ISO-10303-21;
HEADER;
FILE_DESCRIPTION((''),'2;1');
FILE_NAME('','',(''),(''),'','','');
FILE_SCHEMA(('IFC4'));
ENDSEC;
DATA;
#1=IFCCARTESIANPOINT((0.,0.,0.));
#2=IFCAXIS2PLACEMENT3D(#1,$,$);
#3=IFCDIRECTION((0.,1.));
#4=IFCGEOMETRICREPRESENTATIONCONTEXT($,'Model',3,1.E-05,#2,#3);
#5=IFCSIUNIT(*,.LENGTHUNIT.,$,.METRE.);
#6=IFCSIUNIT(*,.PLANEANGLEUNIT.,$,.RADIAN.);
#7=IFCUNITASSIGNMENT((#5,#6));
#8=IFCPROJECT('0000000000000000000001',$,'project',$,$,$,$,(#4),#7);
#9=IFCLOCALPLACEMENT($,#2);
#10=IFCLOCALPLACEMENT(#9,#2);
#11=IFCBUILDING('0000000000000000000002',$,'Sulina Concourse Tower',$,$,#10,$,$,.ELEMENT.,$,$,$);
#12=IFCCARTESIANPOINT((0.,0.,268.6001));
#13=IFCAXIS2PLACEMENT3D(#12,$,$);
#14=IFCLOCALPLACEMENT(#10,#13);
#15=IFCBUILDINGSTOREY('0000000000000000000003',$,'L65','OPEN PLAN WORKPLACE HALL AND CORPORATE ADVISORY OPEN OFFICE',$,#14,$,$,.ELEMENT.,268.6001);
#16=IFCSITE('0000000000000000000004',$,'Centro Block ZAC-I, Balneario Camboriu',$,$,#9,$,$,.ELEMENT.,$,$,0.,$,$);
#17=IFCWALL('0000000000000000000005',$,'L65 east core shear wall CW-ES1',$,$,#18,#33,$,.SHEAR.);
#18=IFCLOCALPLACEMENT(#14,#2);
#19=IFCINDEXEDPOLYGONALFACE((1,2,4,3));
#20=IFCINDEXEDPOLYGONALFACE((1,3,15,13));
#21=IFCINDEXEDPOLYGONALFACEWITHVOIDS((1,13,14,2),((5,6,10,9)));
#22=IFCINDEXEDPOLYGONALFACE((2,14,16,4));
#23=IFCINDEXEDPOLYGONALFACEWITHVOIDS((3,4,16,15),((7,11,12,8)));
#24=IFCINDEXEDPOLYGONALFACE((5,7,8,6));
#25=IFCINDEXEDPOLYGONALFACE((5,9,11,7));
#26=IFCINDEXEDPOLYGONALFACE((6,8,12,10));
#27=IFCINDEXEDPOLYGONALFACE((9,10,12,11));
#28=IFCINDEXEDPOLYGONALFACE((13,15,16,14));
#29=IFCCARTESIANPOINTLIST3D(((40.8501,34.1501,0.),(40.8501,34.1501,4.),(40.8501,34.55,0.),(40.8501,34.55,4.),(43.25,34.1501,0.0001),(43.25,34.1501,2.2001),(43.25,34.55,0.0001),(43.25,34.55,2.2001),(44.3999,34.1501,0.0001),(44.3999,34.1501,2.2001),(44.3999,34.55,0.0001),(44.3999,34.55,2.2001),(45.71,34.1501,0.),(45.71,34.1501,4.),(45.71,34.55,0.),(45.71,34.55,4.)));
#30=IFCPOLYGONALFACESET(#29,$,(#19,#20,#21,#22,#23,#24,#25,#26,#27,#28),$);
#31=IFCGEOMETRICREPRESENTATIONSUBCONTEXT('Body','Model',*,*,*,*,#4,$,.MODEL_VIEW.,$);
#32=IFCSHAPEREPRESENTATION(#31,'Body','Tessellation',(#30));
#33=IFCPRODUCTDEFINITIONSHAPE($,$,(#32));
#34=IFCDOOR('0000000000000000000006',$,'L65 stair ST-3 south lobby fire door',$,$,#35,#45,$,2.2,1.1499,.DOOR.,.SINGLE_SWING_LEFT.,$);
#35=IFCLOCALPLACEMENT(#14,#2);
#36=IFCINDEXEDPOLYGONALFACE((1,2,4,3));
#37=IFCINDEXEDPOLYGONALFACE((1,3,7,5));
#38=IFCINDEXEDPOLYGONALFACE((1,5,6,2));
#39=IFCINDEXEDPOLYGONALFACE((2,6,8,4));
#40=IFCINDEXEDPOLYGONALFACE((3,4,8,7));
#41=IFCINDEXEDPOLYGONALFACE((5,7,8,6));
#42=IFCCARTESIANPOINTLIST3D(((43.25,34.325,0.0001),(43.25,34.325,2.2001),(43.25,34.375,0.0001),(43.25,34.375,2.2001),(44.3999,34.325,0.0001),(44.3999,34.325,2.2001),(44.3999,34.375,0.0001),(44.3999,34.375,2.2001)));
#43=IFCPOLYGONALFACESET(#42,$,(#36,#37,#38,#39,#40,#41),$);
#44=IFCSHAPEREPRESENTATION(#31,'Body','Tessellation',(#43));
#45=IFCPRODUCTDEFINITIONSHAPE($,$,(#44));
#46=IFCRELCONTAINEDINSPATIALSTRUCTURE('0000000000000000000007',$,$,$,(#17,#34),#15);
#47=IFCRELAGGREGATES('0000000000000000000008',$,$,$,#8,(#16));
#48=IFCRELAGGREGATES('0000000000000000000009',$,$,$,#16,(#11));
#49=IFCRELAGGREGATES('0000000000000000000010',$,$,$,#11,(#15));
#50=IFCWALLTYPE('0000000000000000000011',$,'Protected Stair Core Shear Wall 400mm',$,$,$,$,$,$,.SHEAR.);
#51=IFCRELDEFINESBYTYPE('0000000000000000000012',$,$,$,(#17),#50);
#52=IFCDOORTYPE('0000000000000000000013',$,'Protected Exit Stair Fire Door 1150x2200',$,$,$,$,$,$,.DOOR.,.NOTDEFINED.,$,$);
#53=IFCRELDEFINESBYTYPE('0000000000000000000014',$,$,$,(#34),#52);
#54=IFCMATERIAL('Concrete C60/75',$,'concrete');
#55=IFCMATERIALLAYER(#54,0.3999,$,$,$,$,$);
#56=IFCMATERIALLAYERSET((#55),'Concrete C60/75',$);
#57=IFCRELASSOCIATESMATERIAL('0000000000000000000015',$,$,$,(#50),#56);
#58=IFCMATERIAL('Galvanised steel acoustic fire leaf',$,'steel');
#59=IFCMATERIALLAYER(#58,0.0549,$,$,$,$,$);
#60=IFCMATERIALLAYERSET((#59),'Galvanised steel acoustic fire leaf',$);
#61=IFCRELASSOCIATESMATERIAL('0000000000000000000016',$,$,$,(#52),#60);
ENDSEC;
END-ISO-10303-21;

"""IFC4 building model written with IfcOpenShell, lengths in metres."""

from ifc_helpers import new_model, si_unit, direction, frame, frame_2d, origin, place, context, subcontext, project, spatial, rectangle, extrude, material, layer, layer_set, type_object, element, fill, save


model = new_model("IFC4")

# Units and contexts
model_context = context("Model", 3, precision=1e-05, world=origin(), true_north=direction((0.0, 1.0)))
body_context = subcontext(model_context, "Body", "Model", "MODEL_VIEW")
ifc_project = project(units=[si_unit("LENGTHUNIT", "METRE"), si_unit("PLANEANGLEUNIT", "RADIAN")], contexts=[model_context])

# Site, building, storey
site_placement = place(None, origin())
site = spatial("IfcSite", under=ifc_project, at=site_placement, Name="Centro Block ZAC-I, Balneario Camboriu", CompositionType="ELEMENT", RefElevation=0.0)
building_placement = place(site_placement, origin())
building = spatial("IfcBuilding", under=site, at=building_placement, Name="Sulina Concourse Tower", CompositionType="ELEMENT")
storey_placement = place(building_placement, frame((0.0, 0.0, 268.6001)))
storey = spatial("IfcBuildingStorey", under=building, at=storey_placement, Name="L65", Description="OPEN PLAN WORKPLACE HALL AND CORPORATE ADVISORY OPEN OFFICE", CompositionType="ELEMENT", Elevation=268.6001)

# Wall, opening, door
ifc_material_1 = material(Name="Concrete C60/75", Category="concrete")
ifc_layer_1 = layer(ifc_material_1, 0.3999)
ifc_layer_set_1 = layer_set([ifc_layer_1], Name="Concrete C60/75")
wall_type_1 = type_object("IfcWallType", Name="Protected Stair Core Shear Wall 400mm", PredefinedType="SHEAR", material=ifc_layer_set_1)
wall_1_placement = place(storey_placement, frame((40.8501, 34.3501, 0.0), z_axis=(0.0, 0.0, 1.0), x_axis=(1.0, 0.0, 0.0)))
wall_1 = element("IfcWall", 1, at=wall_1_placement, inside=storey, type_object=wall_type_1, Name="L65 east core shear wall CW-ES1", PredefinedType="SHEAR", context=body_context, shape_type="SweptSolid", body=[
    extrude(rectangle(XDim=4.8599, YDim=0.3999, at=frame_2d((2.4299, 0.0))), origin(), (0.0, 0.0, 1.0), 4.0),
])
opening_1_placement = place(wall_1_placement, frame((2.3999, 0.0, 0.0)))
opening_1 = element("IfcOpeningElement", 2, at=opening_1_placement, cuts=wall_1, PredefinedType="OPENING", context=body_context, shape_type="SweptSolid", body=[
    extrude(rectangle(XDim=1.1499, YDim=2.2, at=frame_2d((0.575, 1.1001))), frame((0.0, 0.21, 0.0), z_axis=(0.0, -1.0, 0.0), x_axis=(1.0, 0.0, 0.0)), (0.0, 0.0, 1.0), 0.4199),
])
ifc_material_2 = material(Name="Galvanised steel acoustic fire leaf", Category="steel")
ifc_layer_2 = layer(ifc_material_2, 0.0549)
ifc_layer_set_2 = layer_set([ifc_layer_2], Name="Galvanised steel acoustic fire leaf")
door_type = type_object("IfcDoorType", Name="Protected Exit Stair Fire Door 1150x2200", OperationType="NOTDEFINED", PredefinedType="DOOR", material=ifc_layer_set_2)
door_placement = place(opening_1_placement, origin())
door = element("IfcDoor", 3, at=door_placement, inside=storey, type_object=door_type, Name="L65 stair ST-3 south lobby fire door", OperationType="SINGLE_SWING_LEFT", OverallHeight=2.2, OverallWidth=1.1499, PredefinedType="DOOR", context=body_context, shape_type="SweptSolid", body=[
    extrude(rectangle(XDim=1.1499, YDim=2.2, at=frame_2d((0.575, 1.1001))), frame((0.0, 0.0249, 0.0), z_axis=(0.0, -1.0, 0.0), x_axis=(1.0, 0.0, 0.0)), (0.0, 0.0, 1.0), 0.05),
])
fill(opening_1, door)

save(model, "model.ifc")
